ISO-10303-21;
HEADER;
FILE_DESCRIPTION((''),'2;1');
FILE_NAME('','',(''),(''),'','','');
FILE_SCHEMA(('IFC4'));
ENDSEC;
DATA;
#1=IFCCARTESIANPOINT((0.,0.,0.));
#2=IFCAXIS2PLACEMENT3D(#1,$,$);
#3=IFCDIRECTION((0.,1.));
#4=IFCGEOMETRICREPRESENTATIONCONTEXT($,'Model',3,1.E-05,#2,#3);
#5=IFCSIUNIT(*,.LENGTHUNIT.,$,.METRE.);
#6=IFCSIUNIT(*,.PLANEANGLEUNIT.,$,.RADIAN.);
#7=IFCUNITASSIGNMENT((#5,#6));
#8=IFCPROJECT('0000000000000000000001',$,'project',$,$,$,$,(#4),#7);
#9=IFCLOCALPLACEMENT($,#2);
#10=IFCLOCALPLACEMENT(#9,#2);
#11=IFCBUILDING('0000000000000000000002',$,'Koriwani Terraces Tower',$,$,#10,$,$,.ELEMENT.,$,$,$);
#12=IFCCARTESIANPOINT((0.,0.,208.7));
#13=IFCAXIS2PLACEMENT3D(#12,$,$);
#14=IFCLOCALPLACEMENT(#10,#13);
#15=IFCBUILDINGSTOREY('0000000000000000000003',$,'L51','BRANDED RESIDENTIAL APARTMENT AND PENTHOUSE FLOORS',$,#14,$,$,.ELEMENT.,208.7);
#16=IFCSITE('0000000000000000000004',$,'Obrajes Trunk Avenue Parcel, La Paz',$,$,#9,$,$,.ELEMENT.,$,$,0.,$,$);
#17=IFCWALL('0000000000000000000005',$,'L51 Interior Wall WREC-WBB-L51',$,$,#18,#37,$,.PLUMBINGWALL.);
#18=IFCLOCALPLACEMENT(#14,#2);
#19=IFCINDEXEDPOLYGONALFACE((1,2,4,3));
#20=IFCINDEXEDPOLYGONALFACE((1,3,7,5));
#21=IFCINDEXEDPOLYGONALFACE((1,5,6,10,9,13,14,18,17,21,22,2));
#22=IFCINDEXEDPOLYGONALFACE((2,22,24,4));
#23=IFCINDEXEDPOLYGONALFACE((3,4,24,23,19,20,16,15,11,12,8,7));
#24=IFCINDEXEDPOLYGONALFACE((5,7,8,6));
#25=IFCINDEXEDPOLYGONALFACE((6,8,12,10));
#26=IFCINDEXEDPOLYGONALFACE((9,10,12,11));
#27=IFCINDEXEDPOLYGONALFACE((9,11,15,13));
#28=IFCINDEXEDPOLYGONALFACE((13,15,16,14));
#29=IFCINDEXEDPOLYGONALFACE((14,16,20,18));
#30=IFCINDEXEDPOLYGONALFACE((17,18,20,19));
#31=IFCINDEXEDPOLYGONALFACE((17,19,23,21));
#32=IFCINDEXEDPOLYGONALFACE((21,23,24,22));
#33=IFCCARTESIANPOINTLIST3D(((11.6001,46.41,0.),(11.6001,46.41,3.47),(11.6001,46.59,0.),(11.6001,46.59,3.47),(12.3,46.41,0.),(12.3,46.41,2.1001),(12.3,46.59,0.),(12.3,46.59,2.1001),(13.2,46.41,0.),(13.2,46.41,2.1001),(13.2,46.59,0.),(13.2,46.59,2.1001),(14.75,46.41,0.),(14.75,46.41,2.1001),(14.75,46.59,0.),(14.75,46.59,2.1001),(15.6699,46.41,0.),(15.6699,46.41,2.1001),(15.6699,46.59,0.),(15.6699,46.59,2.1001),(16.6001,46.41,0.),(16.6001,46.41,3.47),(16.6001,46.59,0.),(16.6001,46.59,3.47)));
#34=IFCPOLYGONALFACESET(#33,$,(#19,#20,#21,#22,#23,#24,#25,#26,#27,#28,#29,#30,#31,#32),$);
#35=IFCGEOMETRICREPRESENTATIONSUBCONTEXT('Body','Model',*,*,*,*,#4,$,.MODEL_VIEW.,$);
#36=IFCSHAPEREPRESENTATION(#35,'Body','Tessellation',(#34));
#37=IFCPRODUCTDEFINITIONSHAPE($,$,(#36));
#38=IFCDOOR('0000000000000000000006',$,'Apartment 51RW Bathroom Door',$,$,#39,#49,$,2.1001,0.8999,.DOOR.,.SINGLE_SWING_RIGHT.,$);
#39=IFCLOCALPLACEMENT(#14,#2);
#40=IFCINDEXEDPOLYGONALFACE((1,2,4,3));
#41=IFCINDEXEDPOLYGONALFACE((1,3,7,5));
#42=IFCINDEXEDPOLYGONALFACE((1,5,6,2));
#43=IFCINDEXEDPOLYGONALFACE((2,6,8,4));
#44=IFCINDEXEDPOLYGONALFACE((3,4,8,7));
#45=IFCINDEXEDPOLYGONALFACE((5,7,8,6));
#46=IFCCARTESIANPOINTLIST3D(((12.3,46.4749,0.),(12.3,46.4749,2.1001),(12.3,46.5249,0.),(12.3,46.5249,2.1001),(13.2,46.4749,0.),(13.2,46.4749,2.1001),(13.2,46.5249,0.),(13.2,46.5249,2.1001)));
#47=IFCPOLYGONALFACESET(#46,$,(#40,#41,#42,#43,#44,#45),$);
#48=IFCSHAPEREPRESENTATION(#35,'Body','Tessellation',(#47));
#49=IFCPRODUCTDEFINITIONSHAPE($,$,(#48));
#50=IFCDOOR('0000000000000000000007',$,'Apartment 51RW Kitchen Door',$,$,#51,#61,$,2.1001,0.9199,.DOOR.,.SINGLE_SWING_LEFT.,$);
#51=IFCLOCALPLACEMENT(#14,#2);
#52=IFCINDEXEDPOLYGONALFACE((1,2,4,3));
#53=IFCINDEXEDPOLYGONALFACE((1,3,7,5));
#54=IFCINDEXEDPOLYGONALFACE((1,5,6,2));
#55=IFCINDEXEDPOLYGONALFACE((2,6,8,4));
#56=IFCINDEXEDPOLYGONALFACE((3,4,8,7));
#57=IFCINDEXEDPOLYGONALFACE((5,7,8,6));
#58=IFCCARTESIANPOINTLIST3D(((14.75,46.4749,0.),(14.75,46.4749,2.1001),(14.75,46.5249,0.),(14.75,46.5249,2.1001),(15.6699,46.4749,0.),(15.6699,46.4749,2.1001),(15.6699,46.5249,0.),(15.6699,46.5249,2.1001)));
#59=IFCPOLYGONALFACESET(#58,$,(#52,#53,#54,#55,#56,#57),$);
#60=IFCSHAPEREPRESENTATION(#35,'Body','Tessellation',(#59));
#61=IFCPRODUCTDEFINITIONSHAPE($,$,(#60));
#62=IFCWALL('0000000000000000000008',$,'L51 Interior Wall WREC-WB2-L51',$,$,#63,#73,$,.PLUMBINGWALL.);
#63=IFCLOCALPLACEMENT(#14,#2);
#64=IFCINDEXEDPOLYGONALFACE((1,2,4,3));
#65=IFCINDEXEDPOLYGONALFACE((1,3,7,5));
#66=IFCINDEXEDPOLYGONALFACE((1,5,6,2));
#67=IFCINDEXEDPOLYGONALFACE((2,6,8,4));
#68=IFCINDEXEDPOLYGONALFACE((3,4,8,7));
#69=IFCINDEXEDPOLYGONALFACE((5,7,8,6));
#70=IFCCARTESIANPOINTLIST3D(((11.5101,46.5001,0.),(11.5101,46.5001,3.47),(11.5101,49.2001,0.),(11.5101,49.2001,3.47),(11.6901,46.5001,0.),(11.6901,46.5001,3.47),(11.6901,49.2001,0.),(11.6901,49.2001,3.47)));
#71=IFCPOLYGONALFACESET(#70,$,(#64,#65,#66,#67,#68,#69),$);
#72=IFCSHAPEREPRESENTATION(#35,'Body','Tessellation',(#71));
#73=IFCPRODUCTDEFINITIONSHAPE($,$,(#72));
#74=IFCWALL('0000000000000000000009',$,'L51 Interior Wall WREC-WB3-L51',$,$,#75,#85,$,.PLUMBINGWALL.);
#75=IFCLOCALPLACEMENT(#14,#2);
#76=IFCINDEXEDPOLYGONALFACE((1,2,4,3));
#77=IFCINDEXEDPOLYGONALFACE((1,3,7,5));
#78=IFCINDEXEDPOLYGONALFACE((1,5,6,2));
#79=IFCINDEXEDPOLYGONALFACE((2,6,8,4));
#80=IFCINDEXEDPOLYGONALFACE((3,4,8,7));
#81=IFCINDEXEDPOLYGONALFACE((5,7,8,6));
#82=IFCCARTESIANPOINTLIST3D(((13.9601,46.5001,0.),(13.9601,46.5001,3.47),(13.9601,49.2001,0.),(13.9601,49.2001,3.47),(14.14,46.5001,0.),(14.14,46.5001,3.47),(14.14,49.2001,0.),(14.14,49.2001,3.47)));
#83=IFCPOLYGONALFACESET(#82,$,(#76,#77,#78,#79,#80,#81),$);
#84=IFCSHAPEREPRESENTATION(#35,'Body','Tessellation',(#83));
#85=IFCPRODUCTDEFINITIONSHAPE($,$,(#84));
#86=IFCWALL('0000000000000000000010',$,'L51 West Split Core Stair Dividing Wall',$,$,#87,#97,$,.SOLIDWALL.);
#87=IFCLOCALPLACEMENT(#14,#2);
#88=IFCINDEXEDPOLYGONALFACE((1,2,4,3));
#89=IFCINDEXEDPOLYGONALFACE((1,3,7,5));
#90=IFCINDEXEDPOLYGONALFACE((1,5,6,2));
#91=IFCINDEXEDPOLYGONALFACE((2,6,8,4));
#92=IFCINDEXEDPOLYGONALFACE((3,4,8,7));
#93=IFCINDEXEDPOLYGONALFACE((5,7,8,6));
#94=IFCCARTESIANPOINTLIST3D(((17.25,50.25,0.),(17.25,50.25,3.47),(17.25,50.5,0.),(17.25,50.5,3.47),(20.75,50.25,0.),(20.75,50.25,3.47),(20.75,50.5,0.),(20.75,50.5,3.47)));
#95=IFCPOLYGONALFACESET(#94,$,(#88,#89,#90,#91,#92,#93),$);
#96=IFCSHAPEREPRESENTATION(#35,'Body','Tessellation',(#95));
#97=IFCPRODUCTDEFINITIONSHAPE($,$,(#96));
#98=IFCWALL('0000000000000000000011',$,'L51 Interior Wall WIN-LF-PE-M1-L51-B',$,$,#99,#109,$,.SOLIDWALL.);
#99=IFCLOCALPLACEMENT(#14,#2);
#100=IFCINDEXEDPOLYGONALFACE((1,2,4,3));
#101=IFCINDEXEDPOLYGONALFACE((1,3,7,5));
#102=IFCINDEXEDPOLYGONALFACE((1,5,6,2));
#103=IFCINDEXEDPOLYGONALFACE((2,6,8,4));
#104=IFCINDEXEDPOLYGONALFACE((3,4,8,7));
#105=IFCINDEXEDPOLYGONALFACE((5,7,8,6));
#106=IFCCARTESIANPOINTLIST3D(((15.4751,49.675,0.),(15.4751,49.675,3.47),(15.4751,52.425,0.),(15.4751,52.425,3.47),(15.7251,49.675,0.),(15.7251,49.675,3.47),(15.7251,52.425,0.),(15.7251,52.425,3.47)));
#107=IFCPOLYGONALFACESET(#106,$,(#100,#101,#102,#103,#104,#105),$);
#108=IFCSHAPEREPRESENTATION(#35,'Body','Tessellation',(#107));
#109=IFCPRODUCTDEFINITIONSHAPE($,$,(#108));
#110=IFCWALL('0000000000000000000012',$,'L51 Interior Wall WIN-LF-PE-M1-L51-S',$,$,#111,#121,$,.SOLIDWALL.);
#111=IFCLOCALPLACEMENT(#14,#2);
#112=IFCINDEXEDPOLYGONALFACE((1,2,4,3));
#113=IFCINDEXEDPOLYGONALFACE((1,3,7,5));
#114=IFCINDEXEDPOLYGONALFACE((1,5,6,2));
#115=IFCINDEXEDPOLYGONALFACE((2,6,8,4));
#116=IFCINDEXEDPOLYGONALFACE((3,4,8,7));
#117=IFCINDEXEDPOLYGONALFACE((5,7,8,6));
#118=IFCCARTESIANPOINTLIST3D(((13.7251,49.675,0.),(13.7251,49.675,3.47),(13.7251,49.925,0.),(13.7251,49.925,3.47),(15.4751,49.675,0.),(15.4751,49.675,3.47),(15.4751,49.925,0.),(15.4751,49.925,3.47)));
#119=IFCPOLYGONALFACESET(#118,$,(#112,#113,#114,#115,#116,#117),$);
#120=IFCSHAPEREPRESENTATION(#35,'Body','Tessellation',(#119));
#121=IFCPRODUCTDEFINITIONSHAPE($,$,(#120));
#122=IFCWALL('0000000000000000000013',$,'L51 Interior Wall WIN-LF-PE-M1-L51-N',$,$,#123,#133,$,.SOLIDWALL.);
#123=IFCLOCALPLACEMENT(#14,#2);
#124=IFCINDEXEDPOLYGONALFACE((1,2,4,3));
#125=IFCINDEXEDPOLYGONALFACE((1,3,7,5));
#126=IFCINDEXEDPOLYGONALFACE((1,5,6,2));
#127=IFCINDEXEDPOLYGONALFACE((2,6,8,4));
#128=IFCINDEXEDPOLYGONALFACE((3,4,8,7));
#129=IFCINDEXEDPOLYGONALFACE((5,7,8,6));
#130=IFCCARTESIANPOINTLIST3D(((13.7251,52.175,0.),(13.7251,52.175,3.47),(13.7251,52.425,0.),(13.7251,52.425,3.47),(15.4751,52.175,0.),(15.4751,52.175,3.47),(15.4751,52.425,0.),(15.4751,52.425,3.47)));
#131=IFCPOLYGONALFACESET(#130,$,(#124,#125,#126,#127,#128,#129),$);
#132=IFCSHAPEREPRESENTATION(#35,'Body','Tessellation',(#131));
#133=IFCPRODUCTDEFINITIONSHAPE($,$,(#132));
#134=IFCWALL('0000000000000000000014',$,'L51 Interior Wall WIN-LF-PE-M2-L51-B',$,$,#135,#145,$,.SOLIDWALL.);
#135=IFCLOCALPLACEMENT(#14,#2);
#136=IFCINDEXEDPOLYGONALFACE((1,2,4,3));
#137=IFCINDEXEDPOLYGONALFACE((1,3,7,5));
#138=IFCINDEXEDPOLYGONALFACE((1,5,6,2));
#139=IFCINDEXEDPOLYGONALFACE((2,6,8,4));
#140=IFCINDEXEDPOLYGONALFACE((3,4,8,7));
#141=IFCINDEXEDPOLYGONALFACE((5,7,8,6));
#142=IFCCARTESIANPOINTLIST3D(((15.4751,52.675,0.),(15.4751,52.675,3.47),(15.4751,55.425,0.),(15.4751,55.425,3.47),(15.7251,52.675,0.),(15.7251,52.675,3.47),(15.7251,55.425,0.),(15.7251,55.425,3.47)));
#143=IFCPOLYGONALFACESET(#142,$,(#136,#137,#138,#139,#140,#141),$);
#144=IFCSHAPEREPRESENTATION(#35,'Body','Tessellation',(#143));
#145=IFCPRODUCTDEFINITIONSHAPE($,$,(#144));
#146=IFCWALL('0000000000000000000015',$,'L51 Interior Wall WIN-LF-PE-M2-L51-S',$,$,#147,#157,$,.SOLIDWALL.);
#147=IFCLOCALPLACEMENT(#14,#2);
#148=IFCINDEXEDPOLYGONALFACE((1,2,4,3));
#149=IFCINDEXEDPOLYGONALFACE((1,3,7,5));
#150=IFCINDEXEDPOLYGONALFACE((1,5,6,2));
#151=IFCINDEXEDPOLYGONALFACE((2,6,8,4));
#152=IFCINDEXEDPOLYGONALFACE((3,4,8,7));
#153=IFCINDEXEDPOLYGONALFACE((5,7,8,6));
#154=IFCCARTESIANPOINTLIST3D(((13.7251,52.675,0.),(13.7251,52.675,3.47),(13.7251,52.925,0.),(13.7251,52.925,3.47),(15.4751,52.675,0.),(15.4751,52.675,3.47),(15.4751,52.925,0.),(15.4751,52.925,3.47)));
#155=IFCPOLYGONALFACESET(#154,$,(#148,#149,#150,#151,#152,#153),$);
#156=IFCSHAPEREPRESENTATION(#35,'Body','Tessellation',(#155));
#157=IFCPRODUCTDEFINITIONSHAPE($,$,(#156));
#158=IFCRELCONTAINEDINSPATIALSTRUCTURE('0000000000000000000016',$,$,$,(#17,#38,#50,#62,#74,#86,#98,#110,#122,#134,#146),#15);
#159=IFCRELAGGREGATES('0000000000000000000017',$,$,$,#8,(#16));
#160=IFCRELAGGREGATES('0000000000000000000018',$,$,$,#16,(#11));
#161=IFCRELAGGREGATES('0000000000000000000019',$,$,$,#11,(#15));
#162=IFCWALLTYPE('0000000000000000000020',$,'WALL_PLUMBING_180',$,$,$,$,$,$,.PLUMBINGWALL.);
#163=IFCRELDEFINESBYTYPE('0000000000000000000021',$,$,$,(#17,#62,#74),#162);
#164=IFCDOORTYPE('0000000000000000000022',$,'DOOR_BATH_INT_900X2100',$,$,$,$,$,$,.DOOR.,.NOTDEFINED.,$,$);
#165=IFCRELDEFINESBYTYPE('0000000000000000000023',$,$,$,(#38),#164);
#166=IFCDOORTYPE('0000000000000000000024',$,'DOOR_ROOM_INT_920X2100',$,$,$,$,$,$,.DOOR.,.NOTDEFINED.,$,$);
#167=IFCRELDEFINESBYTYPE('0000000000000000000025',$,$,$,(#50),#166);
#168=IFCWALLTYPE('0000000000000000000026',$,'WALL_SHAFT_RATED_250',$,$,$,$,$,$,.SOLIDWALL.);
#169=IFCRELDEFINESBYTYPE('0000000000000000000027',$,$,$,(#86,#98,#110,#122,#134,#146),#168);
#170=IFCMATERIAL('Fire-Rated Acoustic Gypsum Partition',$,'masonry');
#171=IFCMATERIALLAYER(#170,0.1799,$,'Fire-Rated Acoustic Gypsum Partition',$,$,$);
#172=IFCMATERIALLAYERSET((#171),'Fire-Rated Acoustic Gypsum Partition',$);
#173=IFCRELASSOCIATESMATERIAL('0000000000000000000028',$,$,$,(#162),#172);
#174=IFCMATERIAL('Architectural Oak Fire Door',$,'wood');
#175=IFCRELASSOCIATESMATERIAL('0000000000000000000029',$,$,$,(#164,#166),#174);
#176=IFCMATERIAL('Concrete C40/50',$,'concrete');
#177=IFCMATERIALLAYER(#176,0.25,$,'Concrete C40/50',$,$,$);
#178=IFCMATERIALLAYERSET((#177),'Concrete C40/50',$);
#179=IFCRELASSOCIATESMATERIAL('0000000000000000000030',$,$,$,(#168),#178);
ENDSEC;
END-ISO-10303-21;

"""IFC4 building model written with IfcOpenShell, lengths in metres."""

from ifc_helpers import new_model, si_unit, direction, frame, frame_2d, origin, place, context, subcontext, project, spatial, rectangle, extrude, material, layer, layer_set, type_object, element, fill, save


model = new_model("IFC4")

# Units and contexts
model_context = context("Model", 3, precision=1e-05, world=origin(), true_north=direction((0.0, 1.0)))
body_context = subcontext(model_context, "Body", "Model", "MODEL_VIEW")
ifc_project = project(units=[si_unit("LENGTHUNIT", "METRE"), si_unit("PLANEANGLEUNIT", "RADIAN")], contexts=[model_context])

# Site, building, storey
site_placement = place(None, origin())
site = spatial("IfcSite", under=ifc_project, at=site_placement, Name="Obrajes Trunk Avenue Parcel, La Paz", CompositionType="ELEMENT", RefElevation=0.0)
building_placement = place(site_placement, origin())
building = spatial("IfcBuilding", under=site, at=building_placement, Name="Koriwani Terraces Tower", CompositionType="ELEMENT")
storey_placement = place(building_placement, frame((0.0, 0.0, 208.7)))
storey = spatial("IfcBuildingStorey", under=building, at=storey_placement, Name="L51", Description="BRANDED RESIDENTIAL APARTMENT AND PENTHOUSE FLOORS", CompositionType="ELEMENT", Elevation=208.7)

# Shared definitions
ifc_material_1 = material(Name="Concrete C40/50", Category="concrete")

# Wall, openings, doors
ifc_material_2 = material(Name="Fire-Rated Acoustic Gypsum Partition", Category="masonry")
ifc_layer_1 = layer(ifc_material_2, 0.1799, Name="Fire-Rated Acoustic Gypsum Partition")
ifc_layer_set_1 = layer_set([ifc_layer_1], Name="Fire-Rated Acoustic Gypsum Partition")
wall_type_1 = type_object("IfcWallType", Name="WALL_PLUMBING_180", PredefinedType="PLUMBINGWALL", material=ifc_layer_set_1)
wall_1_placement = place(storey_placement, frame((11.6001, 46.5, 0.0), z_axis=(0.0, 0.0, 1.0), x_axis=(1.0, 0.0, 0.0)))
wall_1 = element("IfcWall", 1, at=wall_1_placement, inside=storey, type_object=wall_type_1, Name="L51 Interior Wall WREC-WBB-L51", PredefinedType="PLUMBINGWALL", context=body_context, shape_type="SweptSolid", body=[
    extrude(rectangle(XDim=5.0, YDim=0.1799, at=frame_2d((2.5, 0.0))), origin(), (0.0, 0.0, 1.0), 3.47),
])
opening_1_placement = place(wall_1_placement, frame((0.7, 0.0, 0.0)))
opening_1 = element("IfcOpeningElement", 2, at=opening_1_placement, cuts=wall_1, PredefinedType="OPENING", context=body_context, shape_type="SweptSolid", body=[
    extrude(rectangle(XDim=0.8999, YDim=2.1001, at=frame_2d((0.45, 1.05))), frame((0.0, 0.1001, 0.0), z_axis=(0.0, -1.0, 0.0), x_axis=(1.0, 0.0, 0.0)), (0.0, 0.0, 1.0), 0.2),
])
opening_2_placement = place(wall_1_placement, frame((3.1499, 0.0, 0.0)))
opening_2 = element("IfcOpeningElement", 3, at=opening_2_placement, cuts=wall_1, PredefinedType="OPENING", context=body_context, shape_type="SweptSolid", body=[
    extrude(rectangle(XDim=0.9199, YDim=2.1001, at=frame_2d((0.46, 1.05))), frame((0.0, 0.1001, 0.0), z_axis=(0.0, -1.0, 0.0), x_axis=(1.0, 0.0, 0.0)), (0.0, 0.0, 1.0), 0.2),
])
ifc_material_3 = material(Name="Architectural Oak Fire Door", Category="wood")
door_type_1 = type_object("IfcDoorType", Name="DOOR_BATH_INT_900X2100", OperationType="NOTDEFINED", PredefinedType="DOOR", material=ifc_material_3)
door_1_placement = place(opening_1_placement, origin())
door_1 = element("IfcDoor", 4, at=door_1_placement, inside=storey, type_object=door_type_1, Name="Apartment 51RW Bathroom Door", OperationType="SINGLE_SWING_RIGHT", OverallHeight=2.1001, OverallWidth=0.8999, PredefinedType="DOOR", context=body_context, shape_type="SweptSolid", body=[
    extrude(rectangle(XDim=0.8999, YDim=2.1001, at=frame_2d((0.45, 1.05))), frame((0.0, 0.0249, 0.0), z_axis=(0.0, -1.0, 0.0), x_axis=(1.0, 0.0, 0.0)), (0.0, 0.0, 1.0), 0.05),
])
fill(opening_1, door_1)
door_type_2 = type_object("IfcDoorType", Name="DOOR_ROOM_INT_920X2100", OperationType="NOTDEFINED", PredefinedType="DOOR", material=ifc_material_3)
door_2_placement = place(opening_2_placement, origin())
door_2 = element("IfcDoor", 5, at=door_2_placement, inside=storey, type_object=door_type_2, Name="Apartment 51RW Kitchen Door", OperationType="SINGLE_SWING_LEFT", OverallHeight=2.1001, OverallWidth=0.9199, PredefinedType="DOOR", context=body_context, shape_type="SweptSolid", body=[
    extrude(rectangle(XDim=0.9199, YDim=2.1001, at=frame_2d((0.46, 1.05))), frame((0.0, 0.0249, 0.0), z_axis=(0.0, -1.0, 0.0), x_axis=(1.0, 0.0, 0.0)), (0.0, 0.0, 1.0), 0.05),
])
fill(opening_2, door_2)

# Walls
for number, where, z_axis, x_axis, name in (
    (6, (11.6001, 46.5, 0.0), (0.0, 0.0, 1.0), (0.0, 1.0, 0.0), "L51 Interior Wall WREC-WB2-L51"),
    (7, (14.05, 46.5, 0.0), (0.0, 0.0, 1.0), (0.0, 1.0, 0.0), "L51 Interior Wall WREC-WB3-L51"),
):
    element("IfcWall", number, at=place(storey_placement, frame(where, z_axis=z_axis, x_axis=x_axis)), inside=storey, type_object=wall_type_1, Name=name, PredefinedType="PLUMBINGWALL", context=body_context, shape_type="SweptSolid", body=[
        extrude(rectangle(XDim=2.7, YDim=0.1799, at=frame_2d((1.3501, 0.0))), origin(), (0.0, 0.0, 1.0), 3.47),
    ])
ifc_layer_2 = layer(ifc_material_1, 0.25, Name="Concrete C40/50")
ifc_layer_set_2 = layer_set([ifc_layer_2], Name="Concrete C40/50")
wall_type_2 = type_object("IfcWallType", Name="WALL_SHAFT_RATED_250", PredefinedType="SOLIDWALL", material=ifc_layer_set_2)
wall_2_placement = place(storey_placement, frame((17.25, 50.375, 0.0), z_axis=(0.0, 0.0, 1.0), x_axis=(1.0, 0.0, 0.0)))
element("IfcWall", 8, at=wall_2_placement, inside=storey, type_object=wall_type_2, Name="L51 West Split Core Stair Dividing Wall", PredefinedType="SOLIDWALL", context=body_context, shape_type="SweptSolid", body=[
    extrude(rectangle(XDim=3.5, YDim=0.25, at=frame_2d((1.75, 0.0))), origin(), (0.0, 0.0, 1.0), 3.47),
])

# Walls
wall_3_placement = place(storey_placement, frame((15.6001, 49.675, 0.0), z_axis=(0.0, 0.0, 1.0), x_axis=(0.0, 1.0, 0.0)))
element("IfcWall", 9, at=wall_3_placement, inside=storey, type_object=wall_type_2, Name="L51 Interior Wall WIN-LF-PE-M1-L51-B", PredefinedType="SOLIDWALL", context=body_context, shape_type="SweptSolid", body=[
    extrude(rectangle(XDim=2.75, YDim=0.25, at=frame_2d((1.375, 0.0))), origin(), (0.0, 0.0, 1.0), 3.47),
])
for number, where, z_axis, x_axis, name in (
    (10, (13.7251, 49.8, 0.0), (0.0, 0.0, 1.0), (1.0, 0.0, 0.0), "L51 Interior Wall WIN-LF-PE-M1-L51-S"),
    (11, (13.7251, 52.3, 0.0), (0.0, 0.0, 1.0), (1.0, 0.0, 0.0), "L51 Interior Wall WIN-LF-PE-M1-L51-N"),
):
    element("IfcWall", number, at=place(storey_placement, frame(where, z_axis=z_axis, x_axis=x_axis)), inside=storey, type_object=wall_type_2, Name=name, PredefinedType="SOLIDWALL", context=body_context, shape_type="SweptSolid", body=[
        extrude(rectangle(XDim=1.75, YDim=0.25, at=frame_2d((0.875, 0.0))), origin(), (0.0, 0.0, 1.0), 3.47),
    ])

# Walls
wall_4_placement = place(storey_placement, frame((15.6001, 52.675, 0.0), z_axis=(0.0, 0.0, 1.0), x_axis=(0.0, 1.0, 0.0)))
element("IfcWall", 12, at=wall_4_placement, inside=storey, type_object=wall_type_2, Name="L51 Interior Wall WIN-LF-PE-M2-L51-B", PredefinedType="SOLIDWALL", context=body_context, shape_type="SweptSolid", body=[
    extrude(rectangle(XDim=2.75, YDim=0.25, at=frame_2d((1.375, 0.0))), origin(), (0.0, 0.0, 1.0), 3.47),
])
wall_5_placement = place(storey_placement, frame((13.7251, 52.8, 0.0), z_axis=(0.0, 0.0, 1.0), x_axis=(1.0, 0.0, 0.0)))
element("IfcWall", 13, at=wall_5_placement, inside=storey, type_object=wall_type_2, Name="L51 Interior Wall WIN-LF-PE-M2-L51-S", PredefinedType="SOLIDWALL", context=body_context, shape_type="SweptSolid", body=[
    extrude(rectangle(XDim=1.75, YDim=0.25, at=frame_2d((0.875, 0.0))), origin(), (0.0, 0.0, 1.0), 3.47),
])

save(model, "model.ifc")
